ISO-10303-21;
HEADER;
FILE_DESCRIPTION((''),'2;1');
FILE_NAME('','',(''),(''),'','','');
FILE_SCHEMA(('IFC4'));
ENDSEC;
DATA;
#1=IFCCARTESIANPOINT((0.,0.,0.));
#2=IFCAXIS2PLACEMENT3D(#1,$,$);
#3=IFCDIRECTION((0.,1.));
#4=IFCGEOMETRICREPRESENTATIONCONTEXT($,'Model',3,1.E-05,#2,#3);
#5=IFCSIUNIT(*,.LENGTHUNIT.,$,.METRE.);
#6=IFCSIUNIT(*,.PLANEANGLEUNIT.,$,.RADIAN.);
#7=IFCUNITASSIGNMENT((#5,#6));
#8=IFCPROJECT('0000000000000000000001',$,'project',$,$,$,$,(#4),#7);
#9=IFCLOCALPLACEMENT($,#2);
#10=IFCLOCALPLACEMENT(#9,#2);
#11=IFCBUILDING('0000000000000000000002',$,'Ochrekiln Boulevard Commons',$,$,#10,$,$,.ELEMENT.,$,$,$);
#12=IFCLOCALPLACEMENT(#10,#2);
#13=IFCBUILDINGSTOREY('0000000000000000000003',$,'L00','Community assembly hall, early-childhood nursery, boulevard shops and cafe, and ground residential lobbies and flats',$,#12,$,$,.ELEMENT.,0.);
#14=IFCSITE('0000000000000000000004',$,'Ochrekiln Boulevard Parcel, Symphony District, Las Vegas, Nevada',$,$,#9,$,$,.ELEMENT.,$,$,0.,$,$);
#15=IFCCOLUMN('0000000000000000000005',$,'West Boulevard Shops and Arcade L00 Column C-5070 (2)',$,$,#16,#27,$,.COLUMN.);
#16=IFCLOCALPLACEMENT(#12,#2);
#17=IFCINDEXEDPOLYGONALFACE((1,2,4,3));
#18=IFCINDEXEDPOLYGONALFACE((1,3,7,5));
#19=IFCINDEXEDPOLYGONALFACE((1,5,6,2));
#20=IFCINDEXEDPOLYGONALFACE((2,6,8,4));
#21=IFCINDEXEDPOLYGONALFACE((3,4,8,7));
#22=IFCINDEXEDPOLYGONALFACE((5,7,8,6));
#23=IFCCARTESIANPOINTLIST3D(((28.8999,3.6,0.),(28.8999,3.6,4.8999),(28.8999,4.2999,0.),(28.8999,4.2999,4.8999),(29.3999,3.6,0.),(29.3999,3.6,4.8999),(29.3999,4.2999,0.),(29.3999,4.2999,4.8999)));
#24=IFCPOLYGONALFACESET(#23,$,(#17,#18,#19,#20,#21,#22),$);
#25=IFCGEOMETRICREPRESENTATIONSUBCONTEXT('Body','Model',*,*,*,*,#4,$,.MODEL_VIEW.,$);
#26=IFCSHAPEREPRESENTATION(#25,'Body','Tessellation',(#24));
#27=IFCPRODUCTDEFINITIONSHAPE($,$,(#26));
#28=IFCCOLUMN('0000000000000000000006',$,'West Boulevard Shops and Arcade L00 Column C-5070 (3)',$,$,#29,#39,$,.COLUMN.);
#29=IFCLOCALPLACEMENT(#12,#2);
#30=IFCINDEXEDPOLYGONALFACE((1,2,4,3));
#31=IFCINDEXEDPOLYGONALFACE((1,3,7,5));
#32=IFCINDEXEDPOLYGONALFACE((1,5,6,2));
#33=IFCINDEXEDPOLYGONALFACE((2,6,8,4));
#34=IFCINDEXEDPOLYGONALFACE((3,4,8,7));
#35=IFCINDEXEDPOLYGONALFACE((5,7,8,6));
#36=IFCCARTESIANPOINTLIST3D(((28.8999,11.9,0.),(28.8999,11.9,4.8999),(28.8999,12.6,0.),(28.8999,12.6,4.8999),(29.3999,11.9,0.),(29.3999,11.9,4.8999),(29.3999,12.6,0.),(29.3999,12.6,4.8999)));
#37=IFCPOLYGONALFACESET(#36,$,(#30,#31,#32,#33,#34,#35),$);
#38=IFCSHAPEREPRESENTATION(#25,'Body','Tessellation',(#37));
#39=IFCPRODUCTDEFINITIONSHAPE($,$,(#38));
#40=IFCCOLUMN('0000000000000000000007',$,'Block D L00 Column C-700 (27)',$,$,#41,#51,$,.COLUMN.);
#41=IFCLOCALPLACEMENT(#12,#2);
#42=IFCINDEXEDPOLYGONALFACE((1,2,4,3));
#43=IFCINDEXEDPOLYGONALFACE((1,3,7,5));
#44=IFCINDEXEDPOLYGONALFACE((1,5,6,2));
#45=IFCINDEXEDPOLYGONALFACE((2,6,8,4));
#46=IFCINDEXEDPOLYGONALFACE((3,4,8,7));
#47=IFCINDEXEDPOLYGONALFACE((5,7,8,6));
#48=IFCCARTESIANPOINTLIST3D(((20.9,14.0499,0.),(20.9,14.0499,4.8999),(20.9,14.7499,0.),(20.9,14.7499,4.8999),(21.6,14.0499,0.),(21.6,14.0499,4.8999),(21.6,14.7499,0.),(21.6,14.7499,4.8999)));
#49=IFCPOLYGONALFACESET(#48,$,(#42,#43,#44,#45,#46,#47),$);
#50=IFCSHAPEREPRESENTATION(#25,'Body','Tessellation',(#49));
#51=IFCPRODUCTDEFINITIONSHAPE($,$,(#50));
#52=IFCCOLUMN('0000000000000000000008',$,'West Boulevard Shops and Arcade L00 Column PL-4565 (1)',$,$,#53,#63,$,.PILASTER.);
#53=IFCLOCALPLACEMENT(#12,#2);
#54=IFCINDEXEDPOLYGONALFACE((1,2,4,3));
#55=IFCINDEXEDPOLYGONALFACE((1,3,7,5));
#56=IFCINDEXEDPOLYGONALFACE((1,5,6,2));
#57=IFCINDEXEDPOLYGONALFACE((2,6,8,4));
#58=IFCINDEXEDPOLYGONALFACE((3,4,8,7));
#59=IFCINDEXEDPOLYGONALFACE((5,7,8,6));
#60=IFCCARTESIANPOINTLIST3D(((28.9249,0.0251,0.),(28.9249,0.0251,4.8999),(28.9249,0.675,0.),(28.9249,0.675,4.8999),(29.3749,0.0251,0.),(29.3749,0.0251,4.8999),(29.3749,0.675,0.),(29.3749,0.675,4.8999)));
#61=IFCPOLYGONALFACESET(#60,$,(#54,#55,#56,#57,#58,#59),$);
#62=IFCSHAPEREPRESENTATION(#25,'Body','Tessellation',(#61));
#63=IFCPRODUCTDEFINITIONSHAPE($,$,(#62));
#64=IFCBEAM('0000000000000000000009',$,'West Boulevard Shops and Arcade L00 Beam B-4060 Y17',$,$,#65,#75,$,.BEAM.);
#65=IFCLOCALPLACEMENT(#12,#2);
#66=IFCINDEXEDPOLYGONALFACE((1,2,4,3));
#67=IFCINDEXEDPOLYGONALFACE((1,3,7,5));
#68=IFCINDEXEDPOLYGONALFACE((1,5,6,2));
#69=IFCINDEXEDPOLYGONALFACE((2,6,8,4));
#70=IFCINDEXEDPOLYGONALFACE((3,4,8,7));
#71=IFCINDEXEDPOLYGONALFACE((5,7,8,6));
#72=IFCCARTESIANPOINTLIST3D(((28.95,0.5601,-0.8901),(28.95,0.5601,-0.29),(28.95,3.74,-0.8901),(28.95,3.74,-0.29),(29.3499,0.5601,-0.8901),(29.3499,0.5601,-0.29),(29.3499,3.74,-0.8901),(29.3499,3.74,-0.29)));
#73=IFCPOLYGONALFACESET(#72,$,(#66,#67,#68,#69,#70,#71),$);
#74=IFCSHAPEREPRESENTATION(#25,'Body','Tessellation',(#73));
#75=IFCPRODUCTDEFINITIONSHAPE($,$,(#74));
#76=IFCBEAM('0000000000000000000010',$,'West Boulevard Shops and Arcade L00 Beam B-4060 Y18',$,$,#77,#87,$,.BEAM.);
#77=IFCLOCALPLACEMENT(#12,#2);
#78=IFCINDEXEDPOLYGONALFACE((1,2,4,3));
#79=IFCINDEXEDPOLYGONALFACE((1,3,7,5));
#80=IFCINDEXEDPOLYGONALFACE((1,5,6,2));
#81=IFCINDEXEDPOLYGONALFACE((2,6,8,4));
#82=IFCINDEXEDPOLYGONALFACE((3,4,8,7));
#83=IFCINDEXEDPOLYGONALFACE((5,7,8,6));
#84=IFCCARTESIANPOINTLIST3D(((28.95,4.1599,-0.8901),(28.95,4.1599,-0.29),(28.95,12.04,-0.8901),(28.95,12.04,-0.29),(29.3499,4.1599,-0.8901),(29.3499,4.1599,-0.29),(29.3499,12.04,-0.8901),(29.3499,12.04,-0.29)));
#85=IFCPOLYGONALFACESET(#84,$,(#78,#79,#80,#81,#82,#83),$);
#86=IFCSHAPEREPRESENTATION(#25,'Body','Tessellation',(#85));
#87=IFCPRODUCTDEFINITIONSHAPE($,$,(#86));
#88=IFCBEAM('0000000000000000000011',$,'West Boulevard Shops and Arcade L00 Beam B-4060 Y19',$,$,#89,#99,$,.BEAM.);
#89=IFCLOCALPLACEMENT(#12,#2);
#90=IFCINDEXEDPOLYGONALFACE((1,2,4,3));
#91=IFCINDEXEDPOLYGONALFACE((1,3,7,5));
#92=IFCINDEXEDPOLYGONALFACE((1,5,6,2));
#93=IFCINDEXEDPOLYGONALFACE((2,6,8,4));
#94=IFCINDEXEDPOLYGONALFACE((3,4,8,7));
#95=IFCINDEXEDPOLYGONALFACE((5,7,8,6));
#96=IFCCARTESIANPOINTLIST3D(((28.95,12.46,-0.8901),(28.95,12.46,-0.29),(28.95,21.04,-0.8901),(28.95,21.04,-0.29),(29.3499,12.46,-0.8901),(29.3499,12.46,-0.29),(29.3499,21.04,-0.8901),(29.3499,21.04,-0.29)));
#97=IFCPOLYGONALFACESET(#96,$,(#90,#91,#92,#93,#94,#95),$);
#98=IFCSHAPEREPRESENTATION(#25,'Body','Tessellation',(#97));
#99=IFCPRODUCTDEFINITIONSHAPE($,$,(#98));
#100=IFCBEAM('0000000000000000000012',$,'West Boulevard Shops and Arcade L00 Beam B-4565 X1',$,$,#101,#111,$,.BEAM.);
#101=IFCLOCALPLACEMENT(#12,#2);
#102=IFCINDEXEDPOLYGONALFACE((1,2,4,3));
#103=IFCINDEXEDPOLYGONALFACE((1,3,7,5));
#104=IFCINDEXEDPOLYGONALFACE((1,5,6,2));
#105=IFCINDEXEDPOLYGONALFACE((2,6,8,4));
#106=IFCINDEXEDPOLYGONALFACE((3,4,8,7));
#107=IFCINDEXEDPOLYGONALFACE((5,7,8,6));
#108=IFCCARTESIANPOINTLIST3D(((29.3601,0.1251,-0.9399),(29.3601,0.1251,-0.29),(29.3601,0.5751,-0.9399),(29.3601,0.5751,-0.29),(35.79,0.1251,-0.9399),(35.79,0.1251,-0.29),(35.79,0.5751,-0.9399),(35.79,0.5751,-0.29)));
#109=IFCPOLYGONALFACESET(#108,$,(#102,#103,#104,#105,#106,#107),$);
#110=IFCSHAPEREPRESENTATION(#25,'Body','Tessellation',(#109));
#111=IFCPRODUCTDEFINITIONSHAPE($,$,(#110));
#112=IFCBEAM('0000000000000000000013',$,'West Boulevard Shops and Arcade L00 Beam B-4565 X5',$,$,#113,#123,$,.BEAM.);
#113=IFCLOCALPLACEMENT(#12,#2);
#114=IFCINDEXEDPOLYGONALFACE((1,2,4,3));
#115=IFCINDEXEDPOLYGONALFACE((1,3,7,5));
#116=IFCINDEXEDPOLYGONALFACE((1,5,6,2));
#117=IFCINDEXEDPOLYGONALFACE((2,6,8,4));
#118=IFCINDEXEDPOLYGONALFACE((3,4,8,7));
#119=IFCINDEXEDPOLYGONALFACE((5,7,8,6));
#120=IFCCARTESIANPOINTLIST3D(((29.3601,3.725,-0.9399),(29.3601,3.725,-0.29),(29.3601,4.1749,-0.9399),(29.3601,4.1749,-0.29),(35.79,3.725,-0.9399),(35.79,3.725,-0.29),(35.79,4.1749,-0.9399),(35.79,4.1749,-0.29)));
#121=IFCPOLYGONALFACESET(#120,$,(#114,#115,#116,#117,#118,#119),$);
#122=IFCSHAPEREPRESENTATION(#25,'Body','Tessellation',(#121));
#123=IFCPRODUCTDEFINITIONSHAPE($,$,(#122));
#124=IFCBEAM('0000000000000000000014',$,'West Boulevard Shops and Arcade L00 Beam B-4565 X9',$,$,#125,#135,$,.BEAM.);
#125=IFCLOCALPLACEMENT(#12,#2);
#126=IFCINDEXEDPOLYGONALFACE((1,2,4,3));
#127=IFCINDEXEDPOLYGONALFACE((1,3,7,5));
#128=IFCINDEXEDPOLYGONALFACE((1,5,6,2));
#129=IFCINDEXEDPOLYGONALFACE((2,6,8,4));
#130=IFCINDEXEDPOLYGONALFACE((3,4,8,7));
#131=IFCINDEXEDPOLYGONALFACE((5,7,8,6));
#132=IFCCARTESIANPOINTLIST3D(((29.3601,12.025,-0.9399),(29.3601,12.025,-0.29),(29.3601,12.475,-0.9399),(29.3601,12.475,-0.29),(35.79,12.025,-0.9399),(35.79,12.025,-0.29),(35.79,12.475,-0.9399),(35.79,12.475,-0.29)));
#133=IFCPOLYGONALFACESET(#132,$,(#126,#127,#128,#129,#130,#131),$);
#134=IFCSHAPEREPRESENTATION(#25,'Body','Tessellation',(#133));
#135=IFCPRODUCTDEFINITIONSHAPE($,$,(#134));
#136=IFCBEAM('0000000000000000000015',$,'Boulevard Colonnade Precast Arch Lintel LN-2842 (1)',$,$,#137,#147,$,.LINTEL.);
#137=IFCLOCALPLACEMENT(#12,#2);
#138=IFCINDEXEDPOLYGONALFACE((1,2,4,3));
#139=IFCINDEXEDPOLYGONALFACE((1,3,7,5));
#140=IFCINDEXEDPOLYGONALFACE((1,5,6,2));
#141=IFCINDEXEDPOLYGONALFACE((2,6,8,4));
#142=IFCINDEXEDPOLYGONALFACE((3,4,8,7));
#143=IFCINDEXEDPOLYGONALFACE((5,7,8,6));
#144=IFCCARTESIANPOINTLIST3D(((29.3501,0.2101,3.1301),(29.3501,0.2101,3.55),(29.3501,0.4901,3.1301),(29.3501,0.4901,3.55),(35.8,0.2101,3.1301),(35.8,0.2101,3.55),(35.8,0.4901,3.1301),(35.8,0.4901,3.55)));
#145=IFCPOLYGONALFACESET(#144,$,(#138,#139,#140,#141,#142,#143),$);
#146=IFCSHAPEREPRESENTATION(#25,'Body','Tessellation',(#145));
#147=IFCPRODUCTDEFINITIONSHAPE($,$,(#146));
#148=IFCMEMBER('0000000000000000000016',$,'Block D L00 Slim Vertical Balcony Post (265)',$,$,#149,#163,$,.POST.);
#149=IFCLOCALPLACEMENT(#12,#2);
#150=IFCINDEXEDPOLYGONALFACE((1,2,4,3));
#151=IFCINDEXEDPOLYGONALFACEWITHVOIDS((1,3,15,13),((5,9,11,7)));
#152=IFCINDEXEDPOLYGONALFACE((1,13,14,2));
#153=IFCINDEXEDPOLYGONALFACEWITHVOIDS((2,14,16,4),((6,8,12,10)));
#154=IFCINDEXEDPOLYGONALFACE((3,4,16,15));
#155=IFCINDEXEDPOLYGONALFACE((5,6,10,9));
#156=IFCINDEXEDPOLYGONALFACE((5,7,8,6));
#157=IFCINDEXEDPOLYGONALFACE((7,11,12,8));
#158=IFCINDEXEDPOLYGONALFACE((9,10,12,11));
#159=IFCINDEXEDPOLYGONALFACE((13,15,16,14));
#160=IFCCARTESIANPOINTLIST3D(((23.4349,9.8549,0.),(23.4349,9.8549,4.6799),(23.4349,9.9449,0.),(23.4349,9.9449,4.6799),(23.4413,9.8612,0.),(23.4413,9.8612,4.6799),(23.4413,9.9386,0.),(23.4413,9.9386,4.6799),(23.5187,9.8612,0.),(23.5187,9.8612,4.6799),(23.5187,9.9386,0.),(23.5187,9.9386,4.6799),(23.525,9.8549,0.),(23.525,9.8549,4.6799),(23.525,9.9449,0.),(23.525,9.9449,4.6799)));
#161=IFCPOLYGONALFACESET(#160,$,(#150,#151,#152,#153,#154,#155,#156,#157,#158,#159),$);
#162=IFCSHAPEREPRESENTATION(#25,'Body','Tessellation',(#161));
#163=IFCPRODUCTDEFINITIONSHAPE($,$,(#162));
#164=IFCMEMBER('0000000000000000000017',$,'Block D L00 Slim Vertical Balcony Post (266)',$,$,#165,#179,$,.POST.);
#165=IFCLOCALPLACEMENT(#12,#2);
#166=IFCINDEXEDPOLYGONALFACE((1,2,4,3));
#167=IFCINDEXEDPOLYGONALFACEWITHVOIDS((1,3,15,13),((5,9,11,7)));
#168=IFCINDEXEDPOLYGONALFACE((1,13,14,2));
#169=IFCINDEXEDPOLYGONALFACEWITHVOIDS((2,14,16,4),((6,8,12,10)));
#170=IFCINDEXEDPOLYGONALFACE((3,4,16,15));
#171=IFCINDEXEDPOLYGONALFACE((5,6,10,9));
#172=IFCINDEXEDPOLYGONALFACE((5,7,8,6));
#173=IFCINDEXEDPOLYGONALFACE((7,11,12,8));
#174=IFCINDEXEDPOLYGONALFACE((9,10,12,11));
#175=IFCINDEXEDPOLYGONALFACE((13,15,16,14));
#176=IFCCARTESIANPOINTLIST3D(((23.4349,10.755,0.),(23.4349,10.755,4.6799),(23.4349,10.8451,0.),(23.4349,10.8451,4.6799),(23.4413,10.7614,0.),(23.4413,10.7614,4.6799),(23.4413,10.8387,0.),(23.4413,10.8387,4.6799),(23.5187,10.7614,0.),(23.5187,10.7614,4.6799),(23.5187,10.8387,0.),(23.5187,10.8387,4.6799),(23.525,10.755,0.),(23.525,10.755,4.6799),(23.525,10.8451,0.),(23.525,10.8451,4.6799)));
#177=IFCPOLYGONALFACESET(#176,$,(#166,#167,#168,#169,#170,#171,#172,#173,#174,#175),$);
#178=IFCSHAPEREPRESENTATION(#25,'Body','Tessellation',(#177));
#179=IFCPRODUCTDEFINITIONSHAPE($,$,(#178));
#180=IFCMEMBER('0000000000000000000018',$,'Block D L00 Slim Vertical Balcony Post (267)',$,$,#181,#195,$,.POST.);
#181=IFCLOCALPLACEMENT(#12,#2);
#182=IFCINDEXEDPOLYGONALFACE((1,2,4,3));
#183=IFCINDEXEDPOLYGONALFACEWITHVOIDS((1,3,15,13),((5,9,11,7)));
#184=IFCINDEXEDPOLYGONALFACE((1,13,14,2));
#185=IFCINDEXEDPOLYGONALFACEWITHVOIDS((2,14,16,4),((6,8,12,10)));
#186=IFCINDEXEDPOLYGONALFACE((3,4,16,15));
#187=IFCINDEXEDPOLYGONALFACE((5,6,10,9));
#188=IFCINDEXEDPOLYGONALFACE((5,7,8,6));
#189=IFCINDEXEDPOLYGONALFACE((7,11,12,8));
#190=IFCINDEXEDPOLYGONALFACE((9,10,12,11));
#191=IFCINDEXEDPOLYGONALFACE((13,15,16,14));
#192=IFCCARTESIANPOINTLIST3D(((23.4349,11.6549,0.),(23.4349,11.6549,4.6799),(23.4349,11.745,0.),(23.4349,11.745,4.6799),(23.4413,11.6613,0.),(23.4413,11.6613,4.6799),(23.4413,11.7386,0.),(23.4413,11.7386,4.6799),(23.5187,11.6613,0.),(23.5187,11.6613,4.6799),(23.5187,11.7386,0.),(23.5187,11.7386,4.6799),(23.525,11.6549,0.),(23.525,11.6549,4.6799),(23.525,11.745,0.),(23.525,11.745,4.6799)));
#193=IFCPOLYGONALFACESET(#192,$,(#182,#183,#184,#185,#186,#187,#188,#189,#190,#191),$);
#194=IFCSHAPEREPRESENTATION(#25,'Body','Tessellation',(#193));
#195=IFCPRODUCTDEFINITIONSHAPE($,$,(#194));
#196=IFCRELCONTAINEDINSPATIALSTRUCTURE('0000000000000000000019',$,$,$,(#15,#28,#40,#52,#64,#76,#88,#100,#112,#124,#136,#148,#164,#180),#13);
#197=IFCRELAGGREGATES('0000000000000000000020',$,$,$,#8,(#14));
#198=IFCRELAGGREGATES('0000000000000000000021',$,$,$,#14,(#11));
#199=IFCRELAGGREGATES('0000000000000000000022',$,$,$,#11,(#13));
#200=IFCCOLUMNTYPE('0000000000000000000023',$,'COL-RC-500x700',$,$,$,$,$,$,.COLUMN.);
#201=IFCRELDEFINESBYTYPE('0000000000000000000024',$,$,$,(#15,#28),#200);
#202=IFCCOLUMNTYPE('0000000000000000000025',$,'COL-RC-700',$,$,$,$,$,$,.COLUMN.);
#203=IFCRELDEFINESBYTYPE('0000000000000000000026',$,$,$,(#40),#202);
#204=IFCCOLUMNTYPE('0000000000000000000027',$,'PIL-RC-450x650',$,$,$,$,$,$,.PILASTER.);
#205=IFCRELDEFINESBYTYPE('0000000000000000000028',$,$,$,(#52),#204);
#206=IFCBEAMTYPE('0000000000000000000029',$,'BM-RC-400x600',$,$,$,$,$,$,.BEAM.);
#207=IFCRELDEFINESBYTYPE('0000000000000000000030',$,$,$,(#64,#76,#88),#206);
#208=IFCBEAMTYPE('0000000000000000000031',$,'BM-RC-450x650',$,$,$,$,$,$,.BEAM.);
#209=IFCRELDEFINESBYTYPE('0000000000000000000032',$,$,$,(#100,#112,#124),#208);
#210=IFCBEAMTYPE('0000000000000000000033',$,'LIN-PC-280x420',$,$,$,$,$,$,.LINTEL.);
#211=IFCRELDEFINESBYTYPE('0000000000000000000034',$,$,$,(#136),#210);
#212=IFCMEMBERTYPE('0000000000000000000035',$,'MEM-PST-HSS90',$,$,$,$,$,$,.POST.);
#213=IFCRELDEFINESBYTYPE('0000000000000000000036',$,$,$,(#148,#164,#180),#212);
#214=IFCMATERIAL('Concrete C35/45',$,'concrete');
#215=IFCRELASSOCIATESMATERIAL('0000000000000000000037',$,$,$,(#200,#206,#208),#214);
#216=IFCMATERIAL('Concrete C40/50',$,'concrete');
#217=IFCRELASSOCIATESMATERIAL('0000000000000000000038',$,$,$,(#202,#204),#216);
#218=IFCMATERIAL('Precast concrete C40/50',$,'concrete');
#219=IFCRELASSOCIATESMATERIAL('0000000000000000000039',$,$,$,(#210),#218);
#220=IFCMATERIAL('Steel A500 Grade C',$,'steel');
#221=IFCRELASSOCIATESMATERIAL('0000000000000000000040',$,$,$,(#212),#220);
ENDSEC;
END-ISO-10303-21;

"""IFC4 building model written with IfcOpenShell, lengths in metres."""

from ifc_helpers import new_model, si_unit, direction, frame, origin, origin_2d, place, context, subcontext, project, spatial, rectangle, hollow_rectangle, extrude, material, material_profile, profile_set, type_object, element, save


model = new_model("IFC4")

# Units and contexts
model_context = context("Model", 3, precision=1e-05, world=origin(), true_north=direction((0.0, 1.0)))
body_context = subcontext(model_context, "Body", "Model", "MODEL_VIEW")
ifc_project = project(units=[si_unit("LENGTHUNIT", "METRE"), si_unit("PLANEANGLEUNIT", "RADIAN")], contexts=[model_context])

# Site, building, storey
site_placement = place(None, origin())
site = spatial("IfcSite", under=ifc_project, at=site_placement, Name="Ochrekiln Boulevard Parcel, Symphony District, Las Vegas, Nevada", CompositionType="ELEMENT", RefElevation=0.0)
building_placement = place(site_placement, origin())
building = spatial("IfcBuilding", under=site, at=building_placement, Name="Ochrekiln Boulevard Commons", CompositionType="ELEMENT")
storey_placement = place(building_placement, origin())
storey = spatial("IfcBuildingStorey", under=building, at=storey_placement, Name="L00", Description="Community assembly hall, early-childhood nursery, boulevard shops and cafe, and ground residential lobbies and flats", CompositionType="ELEMENT", Elevation=0.0)

# Columns
ifc_material_1 = material(Name="Concrete C35/45", Category="concrete")
ifc_material_profile_1 = material_profile(ifc_material_1, rectangle(XDim=0.5, YDim=0.7, at=origin_2d()), Name="RC-COL-500x700")
ifc_profile_set_1 = profile_set([ifc_material_profile_1], Name="Concrete C35/45")
column_type_1 = type_object("IfcColumnType", Name="COL-RC-500x700", PredefinedType="COLUMN", material=ifc_profile_set_1)
for number, where, z_axis, x_axis, name in (
    (1, (29.1499, 3.95, 0.0), (0.0, 0.0, 1.0), (1.0, 0.0, 0.0), "West Boulevard Shops and Arcade L00 Column C-5070 (2)"),
    (2, (29.1499, 12.25, 0.0), (0.0, 0.0, 1.0), (1.0, 0.0, 0.0), "West Boulevard Shops and Arcade L00 Column C-5070 (3)"),
):
    element("IfcColumn", number, at=place(storey_placement, frame(where, z_axis=z_axis, x_axis=x_axis)), inside=storey, type_object=column_type_1, Name=name, PredefinedType="COLUMN", context=body_context, shape_type="SweptSolid", body=[
        extrude(rectangle(XDim=0.5, YDim=0.7, at=origin_2d()), origin(), (0.0, 0.0, 1.0), 4.8999),
    ])
ifc_material_2 = material(Name="Concrete C40/50", Category="concrete")
ifc_material_profile_2 = material_profile(ifc_material_2, rectangle(XDim=0.7, YDim=0.7, at=origin_2d()), Name="RC-COL-700x700")
ifc_profile_set_2 = profile_set([ifc_material_profile_2], Name="Concrete C40/50")
column_type_2 = type_object("IfcColumnType", Name="COL-RC-700", PredefinedType="COLUMN", material=ifc_profile_set_2)
column_1_placement = place(storey_placement, frame((21.25, 14.3999, 0.0), z_axis=(0.0, 0.0, 1.0), x_axis=(1.0, 0.0, 0.0)))
element("IfcColumn", 3, at=column_1_placement, inside=storey, type_object=column_type_2, Name="Block D L00 Column C-700 (27)", PredefinedType="COLUMN", context=body_context, shape_type="SweptSolid", body=[
    extrude(rectangle(XDim=0.7, YDim=0.7, at=origin_2d()), origin(), (0.0, 0.0, 1.0), 4.8999),
])
ifc_material_profile_3 = material_profile(ifc_material_2, rectangle(XDim=0.45, YDim=0.6499, at=origin_2d()), Name="RC-PIL-450x650")
ifc_profile_set_3 = profile_set([ifc_material_profile_3], Name="Concrete C40/50")
column_type_3 = type_object("IfcColumnType", Name="PIL-RC-450x650", PredefinedType="PILASTER", material=ifc_profile_set_3)
column_2_placement = place(storey_placement, frame((29.1499, 0.3501, 0.0), z_axis=(0.0, 0.0, 1.0), x_axis=(1.0, 0.0, 0.0)))
element("IfcColumn", 4, at=column_2_placement, inside=storey, type_object=column_type_3, Name="West Boulevard Shops and Arcade L00 Column PL-4565 (1)", PredefinedType="PILASTER", context=body_context, shape_type="SweptSolid", body=[
    extrude(rectangle(XDim=0.45, YDim=0.6499, at=origin_2d()), origin(), (0.0, 0.0, 1.0), 4.8999),
])

# Beams
ifc_material_profile_4 = material_profile(ifc_material_1, rectangle(XDim=0.3999, YDim=0.6001, at=origin_2d()), Name="RC-BM-400x600")
ifc_profile_set_4 = profile_set([ifc_material_profile_4], Name="Concrete C35/45")
beam_type_1 = type_object("IfcBeamType", Name="BM-RC-400x600", PredefinedType="BEAM", material=ifc_profile_set_4)
beam_1_placement = place(storey_placement, frame((29.1499, 0.5601, -0.5901), z_axis=(0.0, 1.0, 0.0), x_axis=(-1.0, 0.0, 0.0)))
element("IfcBeam", 5, at=beam_1_placement, inside=storey, type_object=beam_type_1, Name="West Boulevard Shops and Arcade L00 Beam B-4060 Y17", PredefinedType="BEAM", context=body_context, shape_type="SweptSolid", body=[
    extrude(rectangle(XDim=0.3999, YDim=0.6001, at=origin_2d()), origin(), (0.0, 0.0, 1.0), 3.1799),
])
beam_2_placement = place(storey_placement, frame((29.1499, 4.1599, -0.5901), z_axis=(0.0, 1.0, 0.0), x_axis=(-1.0, 0.0, 0.0)))
element("IfcBeam", 6, at=beam_2_placement, inside=storey, type_object=beam_type_1, Name="West Boulevard Shops and Arcade L00 Beam B-4060 Y18", PredefinedType="BEAM", context=body_context, shape_type="SweptSolid", body=[
    extrude(rectangle(XDim=0.3999, YDim=0.6001, at=origin_2d()), origin(), (0.0, 0.0, 1.0), 7.8801),
])
beam_3_placement = place(storey_placement, frame((29.1499, 12.46, -0.5901), z_axis=(0.0, 1.0, 0.0), x_axis=(-1.0, 0.0, 0.0)))
element("IfcBeam", 7, at=beam_3_placement, inside=storey, type_object=beam_type_1, Name="West Boulevard Shops and Arcade L00 Beam B-4060 Y19", PredefinedType="BEAM", context=body_context, shape_type="SweptSolid", body=[
    extrude(rectangle(XDim=0.3999, YDim=0.6001, at=origin_2d()), origin(), (0.0, 0.0, 1.0), 8.5801),
])
ifc_material_profile_5 = material_profile(ifc_material_1, rectangle(XDim=0.45, YDim=0.6499, at=origin_2d()), Name="RC-BM-450x650")
ifc_profile_set_5 = profile_set([ifc_material_profile_5], Name="Concrete C35/45")
beam_type_2 = type_object("IfcBeamType", Name="BM-RC-450x650", PredefinedType="BEAM", material=ifc_profile_set_5)
for number, where, z_axis, x_axis, name in (
    (8, (29.3601, 0.3501, -0.615), (1.0, 0.0, 0.0), (0.0, 1.0, 0.0), "West Boulevard Shops and Arcade L00 Beam B-4565 X1"),
    (9, (29.3601, 3.95, -0.615), (1.0, 0.0, 0.0), (0.0, 1.0, 0.0), "West Boulevard Shops and Arcade L00 Beam B-4565 X5"),
    (10, (29.3601, 12.25, -0.615), (1.0, 0.0, 0.0), (0.0, 1.0, 0.0), "West Boulevard Shops and Arcade L00 Beam B-4565 X9"),
):
    element("IfcBeam", number, at=place(storey_placement, frame(where, z_axis=z_axis, x_axis=x_axis)), inside=storey, type_object=beam_type_2, Name=name, PredefinedType="BEAM", context=body_context, shape_type="SweptSolid", body=[
        extrude(rectangle(XDim=0.45, YDim=0.6499, at=origin_2d()), origin(), (0.0, 0.0, 1.0), 6.4299),
    ])
ifc_material_3 = material(Name="Precast concrete C40/50", Category="concrete")
ifc_material_profile_6 = material_profile(ifc_material_3, rectangle(XDim=0.28, YDim=0.4199, at=origin_2d()), Name="RC-LIN-280x420")
ifc_profile_set_6 = profile_set([ifc_material_profile_6], Name="Precast concrete C40/50")
beam_type_3 = type_object("IfcBeamType", Name="LIN-PC-280x420", PredefinedType="LINTEL", material=ifc_profile_set_6)
beam_4_placement = place(storey_placement, frame((29.3501, 0.3501, 3.3401), z_axis=(1.0, 0.0, 0.0), x_axis=(0.0, 1.0, 0.0)))
element("IfcBeam", 11, at=beam_4_placement, inside=storey, type_object=beam_type_3, Name="Boulevard Colonnade Precast Arch Lintel LN-2842 (1)", PredefinedType="LINTEL", context=body_context, shape_type="SweptSolid", body=[
    extrude(rectangle(XDim=0.28, YDim=0.4199, at=origin_2d()), origin(), (0.0, 0.0, 1.0), 6.45),
])

# Members
ifc_material_4 = material(Name="Steel A500 Grade C", Category="steel")
ifc_material_profile_7 = material_profile(ifc_material_4, hollow_rectangle(XDim=0.0901, YDim=0.0901, WallThickness=0.0063, at=origin_2d()), Name="HSS90X90X6.4")
ifc_profile_set_7 = profile_set([ifc_material_profile_7], Name="Steel A500 Grade C")
member_type = type_object("IfcMemberType", Name="MEM-PST-HSS90", PredefinedType="POST", material=ifc_profile_set_7)
for number, where, z_axis, x_axis, name in (
    (12, (23.48, 9.8999, 0.0), (0.0, 0.0, 1.0), (1.0, 0.0, 0.0), "Block D L00 Slim Vertical Balcony Post (265)"),
    (13, (23.48, 10.8, 0.0), (0.0, 0.0, 1.0), (1.0, 0.0, 0.0), "Block D L00 Slim Vertical Balcony Post (266)"),
    (14, (23.48, 11.7, 0.0), (0.0, 0.0, 1.0), (1.0, 0.0, 0.0), "Block D L00 Slim Vertical Balcony Post (267)"),
):
    element("IfcMember", number, at=place(storey_placement, frame(where, z_axis=z_axis, x_axis=x_axis)), inside=storey, type_object=member_type, Name=name, PredefinedType="POST", context=body_context, shape_type="SweptSolid", body=[
        extrude(hollow_rectangle(XDim=0.0901, YDim=0.0901, WallThickness=0.0063, at=origin_2d()), origin(), (0.0, 0.0, 1.0), 4.6799),
    ])

save(model, "model.ifc")
